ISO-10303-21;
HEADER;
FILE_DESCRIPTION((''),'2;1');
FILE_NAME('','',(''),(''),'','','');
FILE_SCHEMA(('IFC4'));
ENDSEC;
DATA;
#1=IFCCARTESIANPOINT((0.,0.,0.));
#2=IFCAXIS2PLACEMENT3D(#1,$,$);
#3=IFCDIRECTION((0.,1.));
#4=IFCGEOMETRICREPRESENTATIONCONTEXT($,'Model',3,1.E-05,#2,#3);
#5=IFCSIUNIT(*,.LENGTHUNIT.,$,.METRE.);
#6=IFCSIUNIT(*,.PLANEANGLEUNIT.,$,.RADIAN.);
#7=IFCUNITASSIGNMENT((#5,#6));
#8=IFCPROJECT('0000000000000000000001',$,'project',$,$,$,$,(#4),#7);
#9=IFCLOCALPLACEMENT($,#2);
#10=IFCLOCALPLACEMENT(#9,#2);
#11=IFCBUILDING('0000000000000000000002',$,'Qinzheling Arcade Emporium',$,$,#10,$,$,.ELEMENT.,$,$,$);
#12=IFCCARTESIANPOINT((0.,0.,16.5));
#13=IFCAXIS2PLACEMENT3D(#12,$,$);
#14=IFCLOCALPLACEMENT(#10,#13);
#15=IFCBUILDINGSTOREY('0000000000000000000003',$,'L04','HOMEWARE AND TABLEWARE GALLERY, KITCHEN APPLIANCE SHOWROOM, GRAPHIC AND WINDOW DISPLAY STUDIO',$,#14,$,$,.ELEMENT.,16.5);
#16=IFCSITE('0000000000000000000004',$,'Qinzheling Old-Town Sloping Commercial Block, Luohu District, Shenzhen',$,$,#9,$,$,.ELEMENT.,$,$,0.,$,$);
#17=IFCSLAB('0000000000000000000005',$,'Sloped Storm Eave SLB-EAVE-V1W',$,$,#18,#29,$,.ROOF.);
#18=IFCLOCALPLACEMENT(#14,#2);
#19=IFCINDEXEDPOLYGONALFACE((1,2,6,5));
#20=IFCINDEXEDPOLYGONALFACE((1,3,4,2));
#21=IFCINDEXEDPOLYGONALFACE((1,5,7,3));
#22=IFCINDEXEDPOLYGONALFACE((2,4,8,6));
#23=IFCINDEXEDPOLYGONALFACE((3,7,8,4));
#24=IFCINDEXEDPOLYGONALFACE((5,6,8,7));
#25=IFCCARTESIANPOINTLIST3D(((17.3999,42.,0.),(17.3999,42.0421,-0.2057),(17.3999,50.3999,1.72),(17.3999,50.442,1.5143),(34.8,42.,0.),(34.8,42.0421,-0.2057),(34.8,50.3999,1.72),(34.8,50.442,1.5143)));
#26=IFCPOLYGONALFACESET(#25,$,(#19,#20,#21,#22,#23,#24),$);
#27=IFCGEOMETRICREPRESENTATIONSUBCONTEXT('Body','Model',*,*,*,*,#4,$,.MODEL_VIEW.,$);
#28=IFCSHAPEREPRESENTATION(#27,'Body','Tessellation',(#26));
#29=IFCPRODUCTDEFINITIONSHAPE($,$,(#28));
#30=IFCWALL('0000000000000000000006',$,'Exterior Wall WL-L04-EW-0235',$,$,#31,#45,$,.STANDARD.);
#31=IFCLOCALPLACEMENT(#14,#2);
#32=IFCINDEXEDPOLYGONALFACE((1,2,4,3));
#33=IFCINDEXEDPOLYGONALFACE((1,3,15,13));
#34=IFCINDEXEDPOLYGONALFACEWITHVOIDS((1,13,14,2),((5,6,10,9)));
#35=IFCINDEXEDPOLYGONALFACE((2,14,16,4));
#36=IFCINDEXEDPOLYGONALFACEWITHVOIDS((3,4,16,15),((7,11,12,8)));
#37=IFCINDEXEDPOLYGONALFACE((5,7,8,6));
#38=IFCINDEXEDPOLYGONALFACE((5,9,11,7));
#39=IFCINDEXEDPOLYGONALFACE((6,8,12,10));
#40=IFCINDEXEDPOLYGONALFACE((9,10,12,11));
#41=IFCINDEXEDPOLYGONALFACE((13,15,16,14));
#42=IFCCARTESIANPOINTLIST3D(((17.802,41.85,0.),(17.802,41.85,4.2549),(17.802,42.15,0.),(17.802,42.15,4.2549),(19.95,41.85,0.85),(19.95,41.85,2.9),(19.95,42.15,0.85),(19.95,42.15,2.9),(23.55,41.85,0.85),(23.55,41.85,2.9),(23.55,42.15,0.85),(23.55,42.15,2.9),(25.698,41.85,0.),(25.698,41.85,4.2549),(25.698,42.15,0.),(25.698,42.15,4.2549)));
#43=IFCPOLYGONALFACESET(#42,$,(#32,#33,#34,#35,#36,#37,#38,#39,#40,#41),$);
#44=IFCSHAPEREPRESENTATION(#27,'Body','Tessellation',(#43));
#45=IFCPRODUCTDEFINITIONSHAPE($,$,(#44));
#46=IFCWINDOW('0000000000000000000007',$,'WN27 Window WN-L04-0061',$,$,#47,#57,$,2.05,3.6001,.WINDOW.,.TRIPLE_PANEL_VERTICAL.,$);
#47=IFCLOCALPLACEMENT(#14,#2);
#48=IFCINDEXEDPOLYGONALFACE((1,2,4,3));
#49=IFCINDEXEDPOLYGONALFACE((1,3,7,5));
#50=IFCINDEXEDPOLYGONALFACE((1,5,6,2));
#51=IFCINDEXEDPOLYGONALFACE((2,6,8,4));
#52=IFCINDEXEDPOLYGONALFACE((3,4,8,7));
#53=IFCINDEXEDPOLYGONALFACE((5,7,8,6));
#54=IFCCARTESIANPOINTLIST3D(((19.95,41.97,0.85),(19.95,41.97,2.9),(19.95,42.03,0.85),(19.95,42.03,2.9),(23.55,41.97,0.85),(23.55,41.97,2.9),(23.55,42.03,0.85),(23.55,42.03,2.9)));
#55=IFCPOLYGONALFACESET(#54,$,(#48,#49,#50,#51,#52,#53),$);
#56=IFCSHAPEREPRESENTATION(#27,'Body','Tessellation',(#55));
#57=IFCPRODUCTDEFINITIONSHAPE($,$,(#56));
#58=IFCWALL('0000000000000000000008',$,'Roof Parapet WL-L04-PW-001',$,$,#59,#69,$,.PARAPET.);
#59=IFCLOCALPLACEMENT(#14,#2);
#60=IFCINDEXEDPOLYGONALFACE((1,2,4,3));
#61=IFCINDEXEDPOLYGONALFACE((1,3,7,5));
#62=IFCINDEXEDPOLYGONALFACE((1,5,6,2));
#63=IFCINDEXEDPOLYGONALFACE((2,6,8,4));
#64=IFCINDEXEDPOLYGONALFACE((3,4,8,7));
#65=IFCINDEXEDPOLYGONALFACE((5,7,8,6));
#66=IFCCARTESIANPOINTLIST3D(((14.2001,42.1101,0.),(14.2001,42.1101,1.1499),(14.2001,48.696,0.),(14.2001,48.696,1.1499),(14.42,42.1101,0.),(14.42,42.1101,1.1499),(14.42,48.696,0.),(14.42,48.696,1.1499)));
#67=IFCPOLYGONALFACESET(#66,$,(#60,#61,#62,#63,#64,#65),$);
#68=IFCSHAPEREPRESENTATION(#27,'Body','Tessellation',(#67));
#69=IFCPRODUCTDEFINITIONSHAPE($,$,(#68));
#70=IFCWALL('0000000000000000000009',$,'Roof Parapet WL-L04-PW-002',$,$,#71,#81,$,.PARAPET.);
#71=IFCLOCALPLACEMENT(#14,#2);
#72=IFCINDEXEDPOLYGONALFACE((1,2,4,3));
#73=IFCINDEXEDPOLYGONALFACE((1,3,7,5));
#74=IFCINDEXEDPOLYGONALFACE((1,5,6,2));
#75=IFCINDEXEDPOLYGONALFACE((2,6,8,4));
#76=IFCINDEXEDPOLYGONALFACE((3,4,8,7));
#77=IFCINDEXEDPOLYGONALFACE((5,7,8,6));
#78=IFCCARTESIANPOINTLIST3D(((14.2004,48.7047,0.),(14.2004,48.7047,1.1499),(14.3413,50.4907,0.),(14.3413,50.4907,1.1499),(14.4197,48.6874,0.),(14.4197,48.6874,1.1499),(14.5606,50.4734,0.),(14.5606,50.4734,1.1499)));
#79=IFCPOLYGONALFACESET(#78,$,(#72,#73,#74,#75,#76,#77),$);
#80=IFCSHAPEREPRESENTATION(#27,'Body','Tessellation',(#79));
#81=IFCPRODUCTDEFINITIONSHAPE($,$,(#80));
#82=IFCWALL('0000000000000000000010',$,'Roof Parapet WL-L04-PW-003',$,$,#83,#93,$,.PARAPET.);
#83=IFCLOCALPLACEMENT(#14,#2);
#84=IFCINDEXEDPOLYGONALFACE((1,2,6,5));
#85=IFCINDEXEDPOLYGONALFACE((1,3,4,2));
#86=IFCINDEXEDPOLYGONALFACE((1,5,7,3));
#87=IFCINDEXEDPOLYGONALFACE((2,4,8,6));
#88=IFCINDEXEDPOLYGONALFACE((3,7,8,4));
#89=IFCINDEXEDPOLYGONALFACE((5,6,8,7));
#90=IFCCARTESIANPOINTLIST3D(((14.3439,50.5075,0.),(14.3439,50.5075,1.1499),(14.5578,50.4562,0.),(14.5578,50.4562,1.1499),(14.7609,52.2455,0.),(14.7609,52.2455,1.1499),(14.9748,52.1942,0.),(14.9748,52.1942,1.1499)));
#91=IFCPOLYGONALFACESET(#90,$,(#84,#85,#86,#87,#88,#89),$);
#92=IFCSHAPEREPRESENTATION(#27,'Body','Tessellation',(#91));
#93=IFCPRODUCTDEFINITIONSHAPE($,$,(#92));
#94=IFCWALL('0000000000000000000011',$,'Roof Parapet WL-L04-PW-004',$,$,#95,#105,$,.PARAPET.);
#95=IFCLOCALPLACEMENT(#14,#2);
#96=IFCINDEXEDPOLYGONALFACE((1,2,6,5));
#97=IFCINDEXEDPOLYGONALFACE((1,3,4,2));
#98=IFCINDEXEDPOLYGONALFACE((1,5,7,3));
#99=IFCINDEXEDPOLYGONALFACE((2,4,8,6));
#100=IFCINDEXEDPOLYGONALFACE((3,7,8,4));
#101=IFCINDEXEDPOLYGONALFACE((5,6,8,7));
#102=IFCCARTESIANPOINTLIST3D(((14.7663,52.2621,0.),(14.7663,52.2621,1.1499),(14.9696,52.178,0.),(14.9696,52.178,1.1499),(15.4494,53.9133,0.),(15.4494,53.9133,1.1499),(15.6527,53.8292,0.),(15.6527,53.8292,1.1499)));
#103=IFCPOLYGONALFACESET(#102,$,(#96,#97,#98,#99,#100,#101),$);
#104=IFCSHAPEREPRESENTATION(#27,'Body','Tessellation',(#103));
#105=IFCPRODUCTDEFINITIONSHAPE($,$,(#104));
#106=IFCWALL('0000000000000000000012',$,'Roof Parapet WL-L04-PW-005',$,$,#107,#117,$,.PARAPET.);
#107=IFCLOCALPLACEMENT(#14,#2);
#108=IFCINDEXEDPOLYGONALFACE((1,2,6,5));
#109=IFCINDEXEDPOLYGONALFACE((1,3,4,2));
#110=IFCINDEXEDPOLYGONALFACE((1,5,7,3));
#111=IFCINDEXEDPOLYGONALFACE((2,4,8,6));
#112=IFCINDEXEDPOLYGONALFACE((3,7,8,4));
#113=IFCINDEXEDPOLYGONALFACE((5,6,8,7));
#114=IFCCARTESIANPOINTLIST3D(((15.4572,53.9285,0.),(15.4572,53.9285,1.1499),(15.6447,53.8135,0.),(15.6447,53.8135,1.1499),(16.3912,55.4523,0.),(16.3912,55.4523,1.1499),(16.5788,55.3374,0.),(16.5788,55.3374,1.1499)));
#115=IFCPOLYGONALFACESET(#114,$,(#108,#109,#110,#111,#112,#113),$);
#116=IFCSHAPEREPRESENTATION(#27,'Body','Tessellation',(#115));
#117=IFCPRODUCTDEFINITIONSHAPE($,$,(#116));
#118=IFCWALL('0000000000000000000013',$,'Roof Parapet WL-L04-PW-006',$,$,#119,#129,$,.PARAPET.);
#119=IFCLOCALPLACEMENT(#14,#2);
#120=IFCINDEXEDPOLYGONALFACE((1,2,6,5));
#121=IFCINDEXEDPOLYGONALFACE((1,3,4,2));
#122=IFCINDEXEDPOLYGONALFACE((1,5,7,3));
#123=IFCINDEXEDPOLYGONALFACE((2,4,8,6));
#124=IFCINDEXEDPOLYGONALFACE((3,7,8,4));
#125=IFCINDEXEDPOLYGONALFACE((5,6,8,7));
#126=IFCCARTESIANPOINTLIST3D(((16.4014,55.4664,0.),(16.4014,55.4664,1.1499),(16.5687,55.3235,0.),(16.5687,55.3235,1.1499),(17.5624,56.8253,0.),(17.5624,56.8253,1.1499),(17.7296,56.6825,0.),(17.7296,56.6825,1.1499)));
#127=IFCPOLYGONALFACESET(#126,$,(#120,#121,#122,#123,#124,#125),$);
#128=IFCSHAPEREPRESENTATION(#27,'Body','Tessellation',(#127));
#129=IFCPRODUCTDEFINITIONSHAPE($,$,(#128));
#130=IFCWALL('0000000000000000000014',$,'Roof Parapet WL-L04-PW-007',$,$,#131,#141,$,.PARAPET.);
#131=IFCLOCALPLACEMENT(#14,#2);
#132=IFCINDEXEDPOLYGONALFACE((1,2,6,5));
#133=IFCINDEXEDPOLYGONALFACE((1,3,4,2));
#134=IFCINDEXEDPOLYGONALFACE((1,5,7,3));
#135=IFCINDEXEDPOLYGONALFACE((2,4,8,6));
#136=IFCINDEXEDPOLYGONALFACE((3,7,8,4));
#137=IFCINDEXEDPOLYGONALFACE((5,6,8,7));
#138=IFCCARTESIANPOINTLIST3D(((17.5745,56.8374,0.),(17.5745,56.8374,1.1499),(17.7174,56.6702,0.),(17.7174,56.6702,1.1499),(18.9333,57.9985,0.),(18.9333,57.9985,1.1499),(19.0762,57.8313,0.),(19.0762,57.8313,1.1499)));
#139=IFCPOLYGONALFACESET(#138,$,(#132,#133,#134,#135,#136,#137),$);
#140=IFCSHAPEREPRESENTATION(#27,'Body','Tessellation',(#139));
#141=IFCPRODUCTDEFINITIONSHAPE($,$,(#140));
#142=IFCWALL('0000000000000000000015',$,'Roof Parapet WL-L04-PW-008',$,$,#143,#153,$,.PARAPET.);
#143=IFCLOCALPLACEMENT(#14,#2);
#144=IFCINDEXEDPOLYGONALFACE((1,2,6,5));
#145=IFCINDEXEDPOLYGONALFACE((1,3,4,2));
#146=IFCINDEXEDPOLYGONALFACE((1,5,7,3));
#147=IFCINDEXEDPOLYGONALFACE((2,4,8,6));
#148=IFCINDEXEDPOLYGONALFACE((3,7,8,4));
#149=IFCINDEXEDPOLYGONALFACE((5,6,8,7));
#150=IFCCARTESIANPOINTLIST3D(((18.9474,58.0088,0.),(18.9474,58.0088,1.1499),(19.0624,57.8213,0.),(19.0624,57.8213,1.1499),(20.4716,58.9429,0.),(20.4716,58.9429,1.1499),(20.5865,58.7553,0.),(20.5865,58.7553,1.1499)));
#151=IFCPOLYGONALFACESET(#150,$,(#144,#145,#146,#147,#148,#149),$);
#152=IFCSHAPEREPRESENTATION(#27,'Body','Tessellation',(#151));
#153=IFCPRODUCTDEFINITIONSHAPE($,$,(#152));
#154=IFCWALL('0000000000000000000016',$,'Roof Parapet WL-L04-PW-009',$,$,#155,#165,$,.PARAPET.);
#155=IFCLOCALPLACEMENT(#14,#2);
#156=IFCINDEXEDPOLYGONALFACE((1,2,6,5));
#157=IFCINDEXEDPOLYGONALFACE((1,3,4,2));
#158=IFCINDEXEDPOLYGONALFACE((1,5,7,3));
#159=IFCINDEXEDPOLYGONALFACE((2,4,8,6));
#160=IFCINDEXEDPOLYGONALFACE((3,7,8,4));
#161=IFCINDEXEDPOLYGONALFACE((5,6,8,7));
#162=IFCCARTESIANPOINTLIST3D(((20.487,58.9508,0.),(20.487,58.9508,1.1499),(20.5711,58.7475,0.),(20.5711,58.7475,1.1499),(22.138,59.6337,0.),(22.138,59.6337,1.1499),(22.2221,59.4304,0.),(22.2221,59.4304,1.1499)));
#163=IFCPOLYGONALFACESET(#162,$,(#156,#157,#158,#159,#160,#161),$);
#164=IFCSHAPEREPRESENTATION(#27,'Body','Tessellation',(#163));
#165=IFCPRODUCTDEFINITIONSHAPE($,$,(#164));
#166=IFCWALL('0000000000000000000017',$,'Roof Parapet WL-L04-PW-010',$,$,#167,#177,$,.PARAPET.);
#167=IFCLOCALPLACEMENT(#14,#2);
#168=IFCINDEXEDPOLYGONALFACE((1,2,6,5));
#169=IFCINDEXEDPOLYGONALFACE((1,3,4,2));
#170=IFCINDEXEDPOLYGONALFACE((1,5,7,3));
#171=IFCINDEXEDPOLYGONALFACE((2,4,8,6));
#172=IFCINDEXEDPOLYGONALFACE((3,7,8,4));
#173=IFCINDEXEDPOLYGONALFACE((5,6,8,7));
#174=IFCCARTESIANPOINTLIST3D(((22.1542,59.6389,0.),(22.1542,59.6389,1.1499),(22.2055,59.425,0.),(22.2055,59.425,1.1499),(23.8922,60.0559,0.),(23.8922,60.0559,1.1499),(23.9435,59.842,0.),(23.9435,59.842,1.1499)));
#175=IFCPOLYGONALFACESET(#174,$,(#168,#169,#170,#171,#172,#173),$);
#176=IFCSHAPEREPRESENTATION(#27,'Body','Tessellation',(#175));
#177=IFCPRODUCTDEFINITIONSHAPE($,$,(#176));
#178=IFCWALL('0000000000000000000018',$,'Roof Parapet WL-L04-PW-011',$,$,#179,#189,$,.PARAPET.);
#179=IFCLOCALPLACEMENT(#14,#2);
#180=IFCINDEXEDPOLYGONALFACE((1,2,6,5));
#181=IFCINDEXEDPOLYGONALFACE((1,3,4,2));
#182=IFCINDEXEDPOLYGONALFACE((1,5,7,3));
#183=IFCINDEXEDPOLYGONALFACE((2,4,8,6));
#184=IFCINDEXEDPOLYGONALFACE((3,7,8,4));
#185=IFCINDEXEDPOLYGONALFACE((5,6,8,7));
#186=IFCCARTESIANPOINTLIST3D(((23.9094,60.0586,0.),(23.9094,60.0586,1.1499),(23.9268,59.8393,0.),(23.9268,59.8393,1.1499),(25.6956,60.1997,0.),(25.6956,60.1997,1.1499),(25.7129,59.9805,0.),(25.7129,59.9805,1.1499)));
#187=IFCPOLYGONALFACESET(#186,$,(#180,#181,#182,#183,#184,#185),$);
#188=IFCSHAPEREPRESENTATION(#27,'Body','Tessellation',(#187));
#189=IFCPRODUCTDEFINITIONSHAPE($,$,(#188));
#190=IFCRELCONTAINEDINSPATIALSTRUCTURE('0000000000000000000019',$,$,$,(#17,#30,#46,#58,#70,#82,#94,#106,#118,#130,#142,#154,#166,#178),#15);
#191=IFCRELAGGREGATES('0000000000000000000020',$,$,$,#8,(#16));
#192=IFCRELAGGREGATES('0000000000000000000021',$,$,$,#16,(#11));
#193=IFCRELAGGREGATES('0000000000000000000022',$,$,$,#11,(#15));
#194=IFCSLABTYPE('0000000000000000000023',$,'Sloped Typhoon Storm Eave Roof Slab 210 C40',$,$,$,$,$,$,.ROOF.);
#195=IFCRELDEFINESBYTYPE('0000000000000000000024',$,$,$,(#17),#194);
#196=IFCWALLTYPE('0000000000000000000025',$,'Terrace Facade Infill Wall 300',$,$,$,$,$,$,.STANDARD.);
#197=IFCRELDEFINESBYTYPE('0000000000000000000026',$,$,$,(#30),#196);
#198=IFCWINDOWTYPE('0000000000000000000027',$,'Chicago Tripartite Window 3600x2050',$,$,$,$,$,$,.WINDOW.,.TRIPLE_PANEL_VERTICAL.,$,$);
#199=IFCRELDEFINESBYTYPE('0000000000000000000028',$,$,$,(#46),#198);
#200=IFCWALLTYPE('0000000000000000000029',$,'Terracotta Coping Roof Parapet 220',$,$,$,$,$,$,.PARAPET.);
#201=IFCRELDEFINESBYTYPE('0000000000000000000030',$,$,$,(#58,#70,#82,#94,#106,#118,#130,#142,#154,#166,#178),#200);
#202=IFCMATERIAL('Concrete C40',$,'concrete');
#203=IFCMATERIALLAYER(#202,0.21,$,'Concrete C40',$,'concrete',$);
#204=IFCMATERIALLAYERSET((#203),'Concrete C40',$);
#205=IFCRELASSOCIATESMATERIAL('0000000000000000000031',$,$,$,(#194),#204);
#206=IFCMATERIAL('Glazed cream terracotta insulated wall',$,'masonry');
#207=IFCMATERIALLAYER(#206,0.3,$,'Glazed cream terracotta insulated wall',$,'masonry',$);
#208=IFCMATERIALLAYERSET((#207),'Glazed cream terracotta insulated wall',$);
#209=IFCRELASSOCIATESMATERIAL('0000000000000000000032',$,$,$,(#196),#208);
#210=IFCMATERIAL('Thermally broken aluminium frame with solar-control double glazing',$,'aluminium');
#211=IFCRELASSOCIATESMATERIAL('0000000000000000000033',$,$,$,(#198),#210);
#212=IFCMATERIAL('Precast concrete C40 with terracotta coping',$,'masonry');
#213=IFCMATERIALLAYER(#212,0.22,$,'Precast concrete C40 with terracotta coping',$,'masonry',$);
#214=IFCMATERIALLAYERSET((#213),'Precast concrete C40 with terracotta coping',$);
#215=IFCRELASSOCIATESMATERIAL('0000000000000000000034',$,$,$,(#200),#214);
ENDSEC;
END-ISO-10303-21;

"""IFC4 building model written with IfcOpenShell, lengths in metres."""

from ifc_helpers import new_model, si_unit, direction, frame, frame_2d, origin, place, context, subcontext, project, spatial, polyline, rectangle, outline, extrude, material, layer, layer_set, type_object, element, fill, save


model = new_model("IFC4")

# Units and contexts
model_context = context("Model", 3, precision=1e-05, world=origin(), true_north=direction((0.0, 1.0)))
body_context = subcontext(model_context, "Body", "Model", "MODEL_VIEW")
ifc_project = project(units=[si_unit("LENGTHUNIT", "METRE"), si_unit("PLANEANGLEUNIT", "RADIAN")], contexts=[model_context])

# Site, building, storey
site_placement = place(None, origin())
site = spatial("IfcSite", under=ifc_project, at=site_placement, Name="Qinzheling Old-Town Sloping Commercial Block, Luohu District, Shenzhen", CompositionType="ELEMENT", RefElevation=0.0)
building_placement = place(site_placement, origin())
building = spatial("IfcBuilding", under=site, at=building_placement, Name="Qinzheling Arcade Emporium", CompositionType="ELEMENT")
storey_placement = place(building_placement, frame((0.0, 0.0, 16.5)))
storey = spatial("IfcBuildingStorey", under=building, at=storey_placement, Name="L04", Description="HOMEWARE AND TABLEWARE GALLERY, KITCHEN APPLIANCE SHOWROOM, GRAPHIC AND WINDOW DISPLAY STUDIO", CompositionType="ELEMENT", Elevation=16.5)

# Shared definitions
ifc_material_1 = material(Name="Concrete C40", Category="concrete")

# Slab
ifc_layer_1 = layer(ifc_material_1, 0.21, Name="Concrete C40", Category="concrete")
ifc_layer_set_1 = layer_set([ifc_layer_1], Name="Concrete C40")
slab_type = type_object("IfcSlabType", Name="Sloped Typhoon Storm Eave Roof Slab 210 C40", PredefinedType="ROOF", material=ifc_layer_set_1)
slab_placement = place(storey_placement, frame((17.3999, 42.0, 0.0), z_axis=(0.0, -0.200599, 0.979673), x_axis=(1.0, 0.0, 0.0)))
element("IfcSlab", 1, at=slab_placement, inside=storey, type_object=slab_type, Name="Sloped Storm Eave SLB-EAVE-V1W", PredefinedType="ROOF", context=body_context, shape_type="SweptSolid", body=[
    extrude(outline(polyline([(0.0, 0.0), (17.4001, 0.0), (17.4001, 8.5742), (0.0, 8.5742), (0.0, 0.0)])), origin(), (0.0, 0.0, -1.0), 0.21),
])

# Wall, opening, window
ifc_material_2 = material(Name="Glazed cream terracotta insulated wall", Category="masonry")
ifc_layer_2 = layer(ifc_material_2, 0.3, Name="Glazed cream terracotta insulated wall", Category="masonry")
ifc_layer_set_2 = layer_set([ifc_layer_2], Name="Glazed cream terracotta insulated wall")
wall_type_1 = type_object("IfcWallType", Name="Terrace Facade Infill Wall 300", PredefinedType="STANDARD", material=ifc_layer_set_2)
wall_1_placement = place(storey_placement, frame((17.802, 42.0, 0.0), z_axis=(0.0, 0.0, 1.0), x_axis=(1.0, 0.0, 0.0)))
wall_1 = element("IfcWall", 2, at=wall_1_placement, inside=storey, type_object=wall_type_1, Name="Exterior Wall WL-L04-EW-0235", PredefinedType="STANDARD", context=body_context, shape_type="SweptSolid", body=[
    extrude(rectangle(XDim=7.896, YDim=0.3, at=frame_2d((3.948, 0.0))), origin(), (0.0, 0.0, 1.0), 4.2549),
])
opening_placement = place(wall_1_placement, frame((2.1479, 0.0, 0.8501)))
opening = element("IfcOpeningElement", 3, at=opening_placement, cuts=wall_1, PredefinedType="OPENING", context=body_context, shape_type="SweptSolid", body=[
    extrude(rectangle(XDim=3.6001, YDim=2.05, at=frame_2d((1.8, 1.0249))), frame((0.0, 0.1602, 0.0), z_axis=(0.0, -1.0, 0.0), x_axis=(1.0, 0.0, 0.0)), (0.0, 0.0, 1.0), 0.3201),
])
ifc_material_3 = material(Name="Thermally broken aluminium frame with solar-control double glazing", Category="aluminium")
window_type = type_object("IfcWindowType", Name="Chicago Tripartite Window 3600x2050", PartitioningType="TRIPLE_PANEL_VERTICAL", PredefinedType="WINDOW", material=ifc_material_3)
window_placement = place(opening_placement, origin())
window = element("IfcWindow", 4, at=window_placement, inside=storey, type_object=window_type, Name="WN27 Window WN-L04-0061", OverallHeight=2.05, OverallWidth=3.6001, PartitioningType="TRIPLE_PANEL_VERTICAL", PredefinedType="WINDOW", context=body_context, shape_type="SweptSolid", body=[
    extrude(rectangle(XDim=3.6001, YDim=2.05, at=frame_2d((1.8, 1.0249))), frame((0.0, 0.03, 0.0), z_axis=(0.0, -1.0, 0.0), x_axis=(1.0, 0.0, 0.0)), (0.0, 0.0, 1.0), 0.0601),
])
fill(opening, window)

# Walls
ifc_material_4 = material(Name="Precast concrete C40 with terracotta coping", Category="masonry")
ifc_layer_3 = layer(ifc_material_4, 0.22, Name="Precast concrete C40 with terracotta coping", Category="masonry")
ifc_layer_set_3 = layer_set([ifc_layer_3], Name="Precast concrete C40 with terracotta coping")
wall_type_2 = type_object("IfcWallType", Name="Terracotta Coping Roof Parapet 220", PredefinedType="PARAPET", material=ifc_layer_set_3)
wall_2_placement = place(storey_placement, frame((14.3101, 42.1101, 0.0), z_axis=(0.0, 0.0, 1.0), x_axis=(0.0, 1.0, 0.0)))
element("IfcWall", 5, at=wall_2_placement, inside=storey, type_object=wall_type_2, Name="Roof Parapet WL-L04-PW-001", PredefinedType="PARAPET", context=body_context, shape_type="SweptSolid", body=[
    extrude(rectangle(XDim=6.5859, YDim=0.22, at=frame_2d((3.293, 0.0))), origin(), (0.0, 0.0, 1.0), 1.1499),
])
wall_3_placement = place(storey_placement, frame((14.3101, 48.696, 0.0), z_axis=(0.0, 0.0, 1.0), x_axis=(0.078635, 0.996903, 0.0)))
element("IfcWall", 6, at=wall_3_placement, inside=storey, type_object=wall_type_2, Name="Roof Parapet WL-L04-PW-002", PredefinedType="PARAPET", context=body_context, shape_type="SweptSolid", body=[
    extrude(rectangle(XDim=1.7915, YDim=0.22, at=frame_2d((0.8958, 0.0))), origin(), (0.0, 0.0, 1.0), 1.1499),
])
wall_4_placement = place(storey_placement, frame((14.4509, 50.4819, 0.0), z_axis=(0.0, 0.0, 1.0), x_axis=(0.233301, 0.972405, 0.0)))
element("IfcWall", 7, at=wall_4_placement, inside=storey, type_object=wall_type_2, Name="Roof Parapet WL-L04-PW-003", PredefinedType="PARAPET", context=body_context, shape_type="SweptSolid", body=[
    extrude(rectangle(XDim=1.7874, YDim=0.22, at=frame_2d((0.8936, 0.0))), origin(), (0.0, 0.0, 1.0), 1.1499),
])
wall_5_placement = place(storey_placement, frame((14.8679, 52.22, 0.0), z_axis=(0.0, 0.0, 1.0), x_axis=(0.382295, 0.92404, 0.0)))
element("IfcWall", 8, at=wall_5_placement, inside=storey, type_object=wall_type_2, Name="Roof Parapet WL-L04-PW-004", PredefinedType="PARAPET", context=body_context, shape_type="SweptSolid", body=[
    extrude(rectangle(XDim=1.7869, YDim=0.22, at=frame_2d((0.8936, 0.0))), origin(), (0.0, 0.0, 1.0), 1.1499),
])
for number, where, z_axis, x_axis, name in (
    (9, (15.551, 53.8711, 0.0), (0.0, 0.0, 1.0), (0.522588, 0.852586, 0.0), "Roof Parapet WL-L04-PW-005"),
    (10, (16.4851, 55.395, 0.0), (0.0, 0.0, 1.0), (0.649542, 0.760326, 0.0), "Roof Parapet WL-L04-PW-006"),
    (11, (17.646, 56.7539, 0.0), (0.0, 0.0, 1.0), (0.760258, 0.649621, 0.0), "Roof Parapet WL-L04-PW-007"),
):
    element("IfcWall", number, at=place(storey_placement, frame(where, z_axis=z_axis, x_axis=x_axis)), inside=storey, type_object=wall_type_2, Name=name, PredefinedType="PARAPET", context=body_context, shape_type="SweptSolid", body=[
        extrude(rectangle(XDim=1.7874, YDim=0.22, at=frame_2d((0.8936, 0.0))), origin(), (0.0, 0.0, 1.0), 1.1499),
    ])
wall_6_placement = place(storey_placement, frame((19.0049, 57.915, 0.0), z_axis=(0.0, 0.0, 1.0), x_axis=(0.852623, 0.522527, 0.0)))
element("IfcWall", 12, at=wall_6_placement, inside=storey, type_object=wall_type_2, Name="Roof Parapet WL-L04-PW-008", PredefinedType="PARAPET", context=body_context, shape_type="SweptSolid", body=[
    extrude(rectangle(XDim=1.7876, YDim=0.22, at=frame_2d((0.8938, 0.0))), origin(), (0.0, 0.0, 1.0), 1.1499),
])
wall_7_placement = place(storey_placement, frame((20.5291, 58.8491, 0.0), z_axis=(0.0, 0.0, 1.0), x_axis=(0.924068, 0.382227, 0.0)))
element("IfcWall", 13, at=wall_7_placement, inside=storey, type_object=wall_type_2, Name="Roof Parapet WL-L04-PW-009", PredefinedType="PARAPET", context=body_context, shape_type="SweptSolid", body=[
    extrude(rectangle(XDim=1.7866, YDim=0.22, at=frame_2d((0.8933, 0.0))), origin(), (0.0, 0.0, 1.0), 1.1499),
])
wall_8_placement = place(storey_placement, frame((22.1799, 59.532, 0.0), z_axis=(0.0, 0.0, 1.0), x_axis=(0.972405, 0.233301, 0.0)))
element("IfcWall", 14, at=wall_8_placement, inside=storey, type_object=wall_type_2, Name="Roof Parapet WL-L04-PW-010", PredefinedType="PARAPET", context=body_context, shape_type="SweptSolid", body=[
    extrude(rectangle(XDim=1.7874, YDim=0.22, at=frame_2d((0.8936, 0.0))), origin(), (0.0, 0.0, 1.0), 1.1499),
])
wall_9_placement = place(storey_placement, frame((23.918, 59.949, 0.0), z_axis=(0.0, 0.0, 1.0), x_axis=(0.996894, 0.07876, 0.0)))
element("IfcWall", 15, at=wall_9_placement, inside=storey, type_object=wall_type_2, Name="Roof Parapet WL-L04-PW-011", PredefinedType="PARAPET", context=body_context, shape_type="SweptSolid", body=[
    extrude(rectangle(XDim=1.7917, YDim=0.22, at=frame_2d((0.896, 0.0))), origin(), (0.0, 0.0, 1.0), 1.1499),
])

save(model, "model.ifc")
